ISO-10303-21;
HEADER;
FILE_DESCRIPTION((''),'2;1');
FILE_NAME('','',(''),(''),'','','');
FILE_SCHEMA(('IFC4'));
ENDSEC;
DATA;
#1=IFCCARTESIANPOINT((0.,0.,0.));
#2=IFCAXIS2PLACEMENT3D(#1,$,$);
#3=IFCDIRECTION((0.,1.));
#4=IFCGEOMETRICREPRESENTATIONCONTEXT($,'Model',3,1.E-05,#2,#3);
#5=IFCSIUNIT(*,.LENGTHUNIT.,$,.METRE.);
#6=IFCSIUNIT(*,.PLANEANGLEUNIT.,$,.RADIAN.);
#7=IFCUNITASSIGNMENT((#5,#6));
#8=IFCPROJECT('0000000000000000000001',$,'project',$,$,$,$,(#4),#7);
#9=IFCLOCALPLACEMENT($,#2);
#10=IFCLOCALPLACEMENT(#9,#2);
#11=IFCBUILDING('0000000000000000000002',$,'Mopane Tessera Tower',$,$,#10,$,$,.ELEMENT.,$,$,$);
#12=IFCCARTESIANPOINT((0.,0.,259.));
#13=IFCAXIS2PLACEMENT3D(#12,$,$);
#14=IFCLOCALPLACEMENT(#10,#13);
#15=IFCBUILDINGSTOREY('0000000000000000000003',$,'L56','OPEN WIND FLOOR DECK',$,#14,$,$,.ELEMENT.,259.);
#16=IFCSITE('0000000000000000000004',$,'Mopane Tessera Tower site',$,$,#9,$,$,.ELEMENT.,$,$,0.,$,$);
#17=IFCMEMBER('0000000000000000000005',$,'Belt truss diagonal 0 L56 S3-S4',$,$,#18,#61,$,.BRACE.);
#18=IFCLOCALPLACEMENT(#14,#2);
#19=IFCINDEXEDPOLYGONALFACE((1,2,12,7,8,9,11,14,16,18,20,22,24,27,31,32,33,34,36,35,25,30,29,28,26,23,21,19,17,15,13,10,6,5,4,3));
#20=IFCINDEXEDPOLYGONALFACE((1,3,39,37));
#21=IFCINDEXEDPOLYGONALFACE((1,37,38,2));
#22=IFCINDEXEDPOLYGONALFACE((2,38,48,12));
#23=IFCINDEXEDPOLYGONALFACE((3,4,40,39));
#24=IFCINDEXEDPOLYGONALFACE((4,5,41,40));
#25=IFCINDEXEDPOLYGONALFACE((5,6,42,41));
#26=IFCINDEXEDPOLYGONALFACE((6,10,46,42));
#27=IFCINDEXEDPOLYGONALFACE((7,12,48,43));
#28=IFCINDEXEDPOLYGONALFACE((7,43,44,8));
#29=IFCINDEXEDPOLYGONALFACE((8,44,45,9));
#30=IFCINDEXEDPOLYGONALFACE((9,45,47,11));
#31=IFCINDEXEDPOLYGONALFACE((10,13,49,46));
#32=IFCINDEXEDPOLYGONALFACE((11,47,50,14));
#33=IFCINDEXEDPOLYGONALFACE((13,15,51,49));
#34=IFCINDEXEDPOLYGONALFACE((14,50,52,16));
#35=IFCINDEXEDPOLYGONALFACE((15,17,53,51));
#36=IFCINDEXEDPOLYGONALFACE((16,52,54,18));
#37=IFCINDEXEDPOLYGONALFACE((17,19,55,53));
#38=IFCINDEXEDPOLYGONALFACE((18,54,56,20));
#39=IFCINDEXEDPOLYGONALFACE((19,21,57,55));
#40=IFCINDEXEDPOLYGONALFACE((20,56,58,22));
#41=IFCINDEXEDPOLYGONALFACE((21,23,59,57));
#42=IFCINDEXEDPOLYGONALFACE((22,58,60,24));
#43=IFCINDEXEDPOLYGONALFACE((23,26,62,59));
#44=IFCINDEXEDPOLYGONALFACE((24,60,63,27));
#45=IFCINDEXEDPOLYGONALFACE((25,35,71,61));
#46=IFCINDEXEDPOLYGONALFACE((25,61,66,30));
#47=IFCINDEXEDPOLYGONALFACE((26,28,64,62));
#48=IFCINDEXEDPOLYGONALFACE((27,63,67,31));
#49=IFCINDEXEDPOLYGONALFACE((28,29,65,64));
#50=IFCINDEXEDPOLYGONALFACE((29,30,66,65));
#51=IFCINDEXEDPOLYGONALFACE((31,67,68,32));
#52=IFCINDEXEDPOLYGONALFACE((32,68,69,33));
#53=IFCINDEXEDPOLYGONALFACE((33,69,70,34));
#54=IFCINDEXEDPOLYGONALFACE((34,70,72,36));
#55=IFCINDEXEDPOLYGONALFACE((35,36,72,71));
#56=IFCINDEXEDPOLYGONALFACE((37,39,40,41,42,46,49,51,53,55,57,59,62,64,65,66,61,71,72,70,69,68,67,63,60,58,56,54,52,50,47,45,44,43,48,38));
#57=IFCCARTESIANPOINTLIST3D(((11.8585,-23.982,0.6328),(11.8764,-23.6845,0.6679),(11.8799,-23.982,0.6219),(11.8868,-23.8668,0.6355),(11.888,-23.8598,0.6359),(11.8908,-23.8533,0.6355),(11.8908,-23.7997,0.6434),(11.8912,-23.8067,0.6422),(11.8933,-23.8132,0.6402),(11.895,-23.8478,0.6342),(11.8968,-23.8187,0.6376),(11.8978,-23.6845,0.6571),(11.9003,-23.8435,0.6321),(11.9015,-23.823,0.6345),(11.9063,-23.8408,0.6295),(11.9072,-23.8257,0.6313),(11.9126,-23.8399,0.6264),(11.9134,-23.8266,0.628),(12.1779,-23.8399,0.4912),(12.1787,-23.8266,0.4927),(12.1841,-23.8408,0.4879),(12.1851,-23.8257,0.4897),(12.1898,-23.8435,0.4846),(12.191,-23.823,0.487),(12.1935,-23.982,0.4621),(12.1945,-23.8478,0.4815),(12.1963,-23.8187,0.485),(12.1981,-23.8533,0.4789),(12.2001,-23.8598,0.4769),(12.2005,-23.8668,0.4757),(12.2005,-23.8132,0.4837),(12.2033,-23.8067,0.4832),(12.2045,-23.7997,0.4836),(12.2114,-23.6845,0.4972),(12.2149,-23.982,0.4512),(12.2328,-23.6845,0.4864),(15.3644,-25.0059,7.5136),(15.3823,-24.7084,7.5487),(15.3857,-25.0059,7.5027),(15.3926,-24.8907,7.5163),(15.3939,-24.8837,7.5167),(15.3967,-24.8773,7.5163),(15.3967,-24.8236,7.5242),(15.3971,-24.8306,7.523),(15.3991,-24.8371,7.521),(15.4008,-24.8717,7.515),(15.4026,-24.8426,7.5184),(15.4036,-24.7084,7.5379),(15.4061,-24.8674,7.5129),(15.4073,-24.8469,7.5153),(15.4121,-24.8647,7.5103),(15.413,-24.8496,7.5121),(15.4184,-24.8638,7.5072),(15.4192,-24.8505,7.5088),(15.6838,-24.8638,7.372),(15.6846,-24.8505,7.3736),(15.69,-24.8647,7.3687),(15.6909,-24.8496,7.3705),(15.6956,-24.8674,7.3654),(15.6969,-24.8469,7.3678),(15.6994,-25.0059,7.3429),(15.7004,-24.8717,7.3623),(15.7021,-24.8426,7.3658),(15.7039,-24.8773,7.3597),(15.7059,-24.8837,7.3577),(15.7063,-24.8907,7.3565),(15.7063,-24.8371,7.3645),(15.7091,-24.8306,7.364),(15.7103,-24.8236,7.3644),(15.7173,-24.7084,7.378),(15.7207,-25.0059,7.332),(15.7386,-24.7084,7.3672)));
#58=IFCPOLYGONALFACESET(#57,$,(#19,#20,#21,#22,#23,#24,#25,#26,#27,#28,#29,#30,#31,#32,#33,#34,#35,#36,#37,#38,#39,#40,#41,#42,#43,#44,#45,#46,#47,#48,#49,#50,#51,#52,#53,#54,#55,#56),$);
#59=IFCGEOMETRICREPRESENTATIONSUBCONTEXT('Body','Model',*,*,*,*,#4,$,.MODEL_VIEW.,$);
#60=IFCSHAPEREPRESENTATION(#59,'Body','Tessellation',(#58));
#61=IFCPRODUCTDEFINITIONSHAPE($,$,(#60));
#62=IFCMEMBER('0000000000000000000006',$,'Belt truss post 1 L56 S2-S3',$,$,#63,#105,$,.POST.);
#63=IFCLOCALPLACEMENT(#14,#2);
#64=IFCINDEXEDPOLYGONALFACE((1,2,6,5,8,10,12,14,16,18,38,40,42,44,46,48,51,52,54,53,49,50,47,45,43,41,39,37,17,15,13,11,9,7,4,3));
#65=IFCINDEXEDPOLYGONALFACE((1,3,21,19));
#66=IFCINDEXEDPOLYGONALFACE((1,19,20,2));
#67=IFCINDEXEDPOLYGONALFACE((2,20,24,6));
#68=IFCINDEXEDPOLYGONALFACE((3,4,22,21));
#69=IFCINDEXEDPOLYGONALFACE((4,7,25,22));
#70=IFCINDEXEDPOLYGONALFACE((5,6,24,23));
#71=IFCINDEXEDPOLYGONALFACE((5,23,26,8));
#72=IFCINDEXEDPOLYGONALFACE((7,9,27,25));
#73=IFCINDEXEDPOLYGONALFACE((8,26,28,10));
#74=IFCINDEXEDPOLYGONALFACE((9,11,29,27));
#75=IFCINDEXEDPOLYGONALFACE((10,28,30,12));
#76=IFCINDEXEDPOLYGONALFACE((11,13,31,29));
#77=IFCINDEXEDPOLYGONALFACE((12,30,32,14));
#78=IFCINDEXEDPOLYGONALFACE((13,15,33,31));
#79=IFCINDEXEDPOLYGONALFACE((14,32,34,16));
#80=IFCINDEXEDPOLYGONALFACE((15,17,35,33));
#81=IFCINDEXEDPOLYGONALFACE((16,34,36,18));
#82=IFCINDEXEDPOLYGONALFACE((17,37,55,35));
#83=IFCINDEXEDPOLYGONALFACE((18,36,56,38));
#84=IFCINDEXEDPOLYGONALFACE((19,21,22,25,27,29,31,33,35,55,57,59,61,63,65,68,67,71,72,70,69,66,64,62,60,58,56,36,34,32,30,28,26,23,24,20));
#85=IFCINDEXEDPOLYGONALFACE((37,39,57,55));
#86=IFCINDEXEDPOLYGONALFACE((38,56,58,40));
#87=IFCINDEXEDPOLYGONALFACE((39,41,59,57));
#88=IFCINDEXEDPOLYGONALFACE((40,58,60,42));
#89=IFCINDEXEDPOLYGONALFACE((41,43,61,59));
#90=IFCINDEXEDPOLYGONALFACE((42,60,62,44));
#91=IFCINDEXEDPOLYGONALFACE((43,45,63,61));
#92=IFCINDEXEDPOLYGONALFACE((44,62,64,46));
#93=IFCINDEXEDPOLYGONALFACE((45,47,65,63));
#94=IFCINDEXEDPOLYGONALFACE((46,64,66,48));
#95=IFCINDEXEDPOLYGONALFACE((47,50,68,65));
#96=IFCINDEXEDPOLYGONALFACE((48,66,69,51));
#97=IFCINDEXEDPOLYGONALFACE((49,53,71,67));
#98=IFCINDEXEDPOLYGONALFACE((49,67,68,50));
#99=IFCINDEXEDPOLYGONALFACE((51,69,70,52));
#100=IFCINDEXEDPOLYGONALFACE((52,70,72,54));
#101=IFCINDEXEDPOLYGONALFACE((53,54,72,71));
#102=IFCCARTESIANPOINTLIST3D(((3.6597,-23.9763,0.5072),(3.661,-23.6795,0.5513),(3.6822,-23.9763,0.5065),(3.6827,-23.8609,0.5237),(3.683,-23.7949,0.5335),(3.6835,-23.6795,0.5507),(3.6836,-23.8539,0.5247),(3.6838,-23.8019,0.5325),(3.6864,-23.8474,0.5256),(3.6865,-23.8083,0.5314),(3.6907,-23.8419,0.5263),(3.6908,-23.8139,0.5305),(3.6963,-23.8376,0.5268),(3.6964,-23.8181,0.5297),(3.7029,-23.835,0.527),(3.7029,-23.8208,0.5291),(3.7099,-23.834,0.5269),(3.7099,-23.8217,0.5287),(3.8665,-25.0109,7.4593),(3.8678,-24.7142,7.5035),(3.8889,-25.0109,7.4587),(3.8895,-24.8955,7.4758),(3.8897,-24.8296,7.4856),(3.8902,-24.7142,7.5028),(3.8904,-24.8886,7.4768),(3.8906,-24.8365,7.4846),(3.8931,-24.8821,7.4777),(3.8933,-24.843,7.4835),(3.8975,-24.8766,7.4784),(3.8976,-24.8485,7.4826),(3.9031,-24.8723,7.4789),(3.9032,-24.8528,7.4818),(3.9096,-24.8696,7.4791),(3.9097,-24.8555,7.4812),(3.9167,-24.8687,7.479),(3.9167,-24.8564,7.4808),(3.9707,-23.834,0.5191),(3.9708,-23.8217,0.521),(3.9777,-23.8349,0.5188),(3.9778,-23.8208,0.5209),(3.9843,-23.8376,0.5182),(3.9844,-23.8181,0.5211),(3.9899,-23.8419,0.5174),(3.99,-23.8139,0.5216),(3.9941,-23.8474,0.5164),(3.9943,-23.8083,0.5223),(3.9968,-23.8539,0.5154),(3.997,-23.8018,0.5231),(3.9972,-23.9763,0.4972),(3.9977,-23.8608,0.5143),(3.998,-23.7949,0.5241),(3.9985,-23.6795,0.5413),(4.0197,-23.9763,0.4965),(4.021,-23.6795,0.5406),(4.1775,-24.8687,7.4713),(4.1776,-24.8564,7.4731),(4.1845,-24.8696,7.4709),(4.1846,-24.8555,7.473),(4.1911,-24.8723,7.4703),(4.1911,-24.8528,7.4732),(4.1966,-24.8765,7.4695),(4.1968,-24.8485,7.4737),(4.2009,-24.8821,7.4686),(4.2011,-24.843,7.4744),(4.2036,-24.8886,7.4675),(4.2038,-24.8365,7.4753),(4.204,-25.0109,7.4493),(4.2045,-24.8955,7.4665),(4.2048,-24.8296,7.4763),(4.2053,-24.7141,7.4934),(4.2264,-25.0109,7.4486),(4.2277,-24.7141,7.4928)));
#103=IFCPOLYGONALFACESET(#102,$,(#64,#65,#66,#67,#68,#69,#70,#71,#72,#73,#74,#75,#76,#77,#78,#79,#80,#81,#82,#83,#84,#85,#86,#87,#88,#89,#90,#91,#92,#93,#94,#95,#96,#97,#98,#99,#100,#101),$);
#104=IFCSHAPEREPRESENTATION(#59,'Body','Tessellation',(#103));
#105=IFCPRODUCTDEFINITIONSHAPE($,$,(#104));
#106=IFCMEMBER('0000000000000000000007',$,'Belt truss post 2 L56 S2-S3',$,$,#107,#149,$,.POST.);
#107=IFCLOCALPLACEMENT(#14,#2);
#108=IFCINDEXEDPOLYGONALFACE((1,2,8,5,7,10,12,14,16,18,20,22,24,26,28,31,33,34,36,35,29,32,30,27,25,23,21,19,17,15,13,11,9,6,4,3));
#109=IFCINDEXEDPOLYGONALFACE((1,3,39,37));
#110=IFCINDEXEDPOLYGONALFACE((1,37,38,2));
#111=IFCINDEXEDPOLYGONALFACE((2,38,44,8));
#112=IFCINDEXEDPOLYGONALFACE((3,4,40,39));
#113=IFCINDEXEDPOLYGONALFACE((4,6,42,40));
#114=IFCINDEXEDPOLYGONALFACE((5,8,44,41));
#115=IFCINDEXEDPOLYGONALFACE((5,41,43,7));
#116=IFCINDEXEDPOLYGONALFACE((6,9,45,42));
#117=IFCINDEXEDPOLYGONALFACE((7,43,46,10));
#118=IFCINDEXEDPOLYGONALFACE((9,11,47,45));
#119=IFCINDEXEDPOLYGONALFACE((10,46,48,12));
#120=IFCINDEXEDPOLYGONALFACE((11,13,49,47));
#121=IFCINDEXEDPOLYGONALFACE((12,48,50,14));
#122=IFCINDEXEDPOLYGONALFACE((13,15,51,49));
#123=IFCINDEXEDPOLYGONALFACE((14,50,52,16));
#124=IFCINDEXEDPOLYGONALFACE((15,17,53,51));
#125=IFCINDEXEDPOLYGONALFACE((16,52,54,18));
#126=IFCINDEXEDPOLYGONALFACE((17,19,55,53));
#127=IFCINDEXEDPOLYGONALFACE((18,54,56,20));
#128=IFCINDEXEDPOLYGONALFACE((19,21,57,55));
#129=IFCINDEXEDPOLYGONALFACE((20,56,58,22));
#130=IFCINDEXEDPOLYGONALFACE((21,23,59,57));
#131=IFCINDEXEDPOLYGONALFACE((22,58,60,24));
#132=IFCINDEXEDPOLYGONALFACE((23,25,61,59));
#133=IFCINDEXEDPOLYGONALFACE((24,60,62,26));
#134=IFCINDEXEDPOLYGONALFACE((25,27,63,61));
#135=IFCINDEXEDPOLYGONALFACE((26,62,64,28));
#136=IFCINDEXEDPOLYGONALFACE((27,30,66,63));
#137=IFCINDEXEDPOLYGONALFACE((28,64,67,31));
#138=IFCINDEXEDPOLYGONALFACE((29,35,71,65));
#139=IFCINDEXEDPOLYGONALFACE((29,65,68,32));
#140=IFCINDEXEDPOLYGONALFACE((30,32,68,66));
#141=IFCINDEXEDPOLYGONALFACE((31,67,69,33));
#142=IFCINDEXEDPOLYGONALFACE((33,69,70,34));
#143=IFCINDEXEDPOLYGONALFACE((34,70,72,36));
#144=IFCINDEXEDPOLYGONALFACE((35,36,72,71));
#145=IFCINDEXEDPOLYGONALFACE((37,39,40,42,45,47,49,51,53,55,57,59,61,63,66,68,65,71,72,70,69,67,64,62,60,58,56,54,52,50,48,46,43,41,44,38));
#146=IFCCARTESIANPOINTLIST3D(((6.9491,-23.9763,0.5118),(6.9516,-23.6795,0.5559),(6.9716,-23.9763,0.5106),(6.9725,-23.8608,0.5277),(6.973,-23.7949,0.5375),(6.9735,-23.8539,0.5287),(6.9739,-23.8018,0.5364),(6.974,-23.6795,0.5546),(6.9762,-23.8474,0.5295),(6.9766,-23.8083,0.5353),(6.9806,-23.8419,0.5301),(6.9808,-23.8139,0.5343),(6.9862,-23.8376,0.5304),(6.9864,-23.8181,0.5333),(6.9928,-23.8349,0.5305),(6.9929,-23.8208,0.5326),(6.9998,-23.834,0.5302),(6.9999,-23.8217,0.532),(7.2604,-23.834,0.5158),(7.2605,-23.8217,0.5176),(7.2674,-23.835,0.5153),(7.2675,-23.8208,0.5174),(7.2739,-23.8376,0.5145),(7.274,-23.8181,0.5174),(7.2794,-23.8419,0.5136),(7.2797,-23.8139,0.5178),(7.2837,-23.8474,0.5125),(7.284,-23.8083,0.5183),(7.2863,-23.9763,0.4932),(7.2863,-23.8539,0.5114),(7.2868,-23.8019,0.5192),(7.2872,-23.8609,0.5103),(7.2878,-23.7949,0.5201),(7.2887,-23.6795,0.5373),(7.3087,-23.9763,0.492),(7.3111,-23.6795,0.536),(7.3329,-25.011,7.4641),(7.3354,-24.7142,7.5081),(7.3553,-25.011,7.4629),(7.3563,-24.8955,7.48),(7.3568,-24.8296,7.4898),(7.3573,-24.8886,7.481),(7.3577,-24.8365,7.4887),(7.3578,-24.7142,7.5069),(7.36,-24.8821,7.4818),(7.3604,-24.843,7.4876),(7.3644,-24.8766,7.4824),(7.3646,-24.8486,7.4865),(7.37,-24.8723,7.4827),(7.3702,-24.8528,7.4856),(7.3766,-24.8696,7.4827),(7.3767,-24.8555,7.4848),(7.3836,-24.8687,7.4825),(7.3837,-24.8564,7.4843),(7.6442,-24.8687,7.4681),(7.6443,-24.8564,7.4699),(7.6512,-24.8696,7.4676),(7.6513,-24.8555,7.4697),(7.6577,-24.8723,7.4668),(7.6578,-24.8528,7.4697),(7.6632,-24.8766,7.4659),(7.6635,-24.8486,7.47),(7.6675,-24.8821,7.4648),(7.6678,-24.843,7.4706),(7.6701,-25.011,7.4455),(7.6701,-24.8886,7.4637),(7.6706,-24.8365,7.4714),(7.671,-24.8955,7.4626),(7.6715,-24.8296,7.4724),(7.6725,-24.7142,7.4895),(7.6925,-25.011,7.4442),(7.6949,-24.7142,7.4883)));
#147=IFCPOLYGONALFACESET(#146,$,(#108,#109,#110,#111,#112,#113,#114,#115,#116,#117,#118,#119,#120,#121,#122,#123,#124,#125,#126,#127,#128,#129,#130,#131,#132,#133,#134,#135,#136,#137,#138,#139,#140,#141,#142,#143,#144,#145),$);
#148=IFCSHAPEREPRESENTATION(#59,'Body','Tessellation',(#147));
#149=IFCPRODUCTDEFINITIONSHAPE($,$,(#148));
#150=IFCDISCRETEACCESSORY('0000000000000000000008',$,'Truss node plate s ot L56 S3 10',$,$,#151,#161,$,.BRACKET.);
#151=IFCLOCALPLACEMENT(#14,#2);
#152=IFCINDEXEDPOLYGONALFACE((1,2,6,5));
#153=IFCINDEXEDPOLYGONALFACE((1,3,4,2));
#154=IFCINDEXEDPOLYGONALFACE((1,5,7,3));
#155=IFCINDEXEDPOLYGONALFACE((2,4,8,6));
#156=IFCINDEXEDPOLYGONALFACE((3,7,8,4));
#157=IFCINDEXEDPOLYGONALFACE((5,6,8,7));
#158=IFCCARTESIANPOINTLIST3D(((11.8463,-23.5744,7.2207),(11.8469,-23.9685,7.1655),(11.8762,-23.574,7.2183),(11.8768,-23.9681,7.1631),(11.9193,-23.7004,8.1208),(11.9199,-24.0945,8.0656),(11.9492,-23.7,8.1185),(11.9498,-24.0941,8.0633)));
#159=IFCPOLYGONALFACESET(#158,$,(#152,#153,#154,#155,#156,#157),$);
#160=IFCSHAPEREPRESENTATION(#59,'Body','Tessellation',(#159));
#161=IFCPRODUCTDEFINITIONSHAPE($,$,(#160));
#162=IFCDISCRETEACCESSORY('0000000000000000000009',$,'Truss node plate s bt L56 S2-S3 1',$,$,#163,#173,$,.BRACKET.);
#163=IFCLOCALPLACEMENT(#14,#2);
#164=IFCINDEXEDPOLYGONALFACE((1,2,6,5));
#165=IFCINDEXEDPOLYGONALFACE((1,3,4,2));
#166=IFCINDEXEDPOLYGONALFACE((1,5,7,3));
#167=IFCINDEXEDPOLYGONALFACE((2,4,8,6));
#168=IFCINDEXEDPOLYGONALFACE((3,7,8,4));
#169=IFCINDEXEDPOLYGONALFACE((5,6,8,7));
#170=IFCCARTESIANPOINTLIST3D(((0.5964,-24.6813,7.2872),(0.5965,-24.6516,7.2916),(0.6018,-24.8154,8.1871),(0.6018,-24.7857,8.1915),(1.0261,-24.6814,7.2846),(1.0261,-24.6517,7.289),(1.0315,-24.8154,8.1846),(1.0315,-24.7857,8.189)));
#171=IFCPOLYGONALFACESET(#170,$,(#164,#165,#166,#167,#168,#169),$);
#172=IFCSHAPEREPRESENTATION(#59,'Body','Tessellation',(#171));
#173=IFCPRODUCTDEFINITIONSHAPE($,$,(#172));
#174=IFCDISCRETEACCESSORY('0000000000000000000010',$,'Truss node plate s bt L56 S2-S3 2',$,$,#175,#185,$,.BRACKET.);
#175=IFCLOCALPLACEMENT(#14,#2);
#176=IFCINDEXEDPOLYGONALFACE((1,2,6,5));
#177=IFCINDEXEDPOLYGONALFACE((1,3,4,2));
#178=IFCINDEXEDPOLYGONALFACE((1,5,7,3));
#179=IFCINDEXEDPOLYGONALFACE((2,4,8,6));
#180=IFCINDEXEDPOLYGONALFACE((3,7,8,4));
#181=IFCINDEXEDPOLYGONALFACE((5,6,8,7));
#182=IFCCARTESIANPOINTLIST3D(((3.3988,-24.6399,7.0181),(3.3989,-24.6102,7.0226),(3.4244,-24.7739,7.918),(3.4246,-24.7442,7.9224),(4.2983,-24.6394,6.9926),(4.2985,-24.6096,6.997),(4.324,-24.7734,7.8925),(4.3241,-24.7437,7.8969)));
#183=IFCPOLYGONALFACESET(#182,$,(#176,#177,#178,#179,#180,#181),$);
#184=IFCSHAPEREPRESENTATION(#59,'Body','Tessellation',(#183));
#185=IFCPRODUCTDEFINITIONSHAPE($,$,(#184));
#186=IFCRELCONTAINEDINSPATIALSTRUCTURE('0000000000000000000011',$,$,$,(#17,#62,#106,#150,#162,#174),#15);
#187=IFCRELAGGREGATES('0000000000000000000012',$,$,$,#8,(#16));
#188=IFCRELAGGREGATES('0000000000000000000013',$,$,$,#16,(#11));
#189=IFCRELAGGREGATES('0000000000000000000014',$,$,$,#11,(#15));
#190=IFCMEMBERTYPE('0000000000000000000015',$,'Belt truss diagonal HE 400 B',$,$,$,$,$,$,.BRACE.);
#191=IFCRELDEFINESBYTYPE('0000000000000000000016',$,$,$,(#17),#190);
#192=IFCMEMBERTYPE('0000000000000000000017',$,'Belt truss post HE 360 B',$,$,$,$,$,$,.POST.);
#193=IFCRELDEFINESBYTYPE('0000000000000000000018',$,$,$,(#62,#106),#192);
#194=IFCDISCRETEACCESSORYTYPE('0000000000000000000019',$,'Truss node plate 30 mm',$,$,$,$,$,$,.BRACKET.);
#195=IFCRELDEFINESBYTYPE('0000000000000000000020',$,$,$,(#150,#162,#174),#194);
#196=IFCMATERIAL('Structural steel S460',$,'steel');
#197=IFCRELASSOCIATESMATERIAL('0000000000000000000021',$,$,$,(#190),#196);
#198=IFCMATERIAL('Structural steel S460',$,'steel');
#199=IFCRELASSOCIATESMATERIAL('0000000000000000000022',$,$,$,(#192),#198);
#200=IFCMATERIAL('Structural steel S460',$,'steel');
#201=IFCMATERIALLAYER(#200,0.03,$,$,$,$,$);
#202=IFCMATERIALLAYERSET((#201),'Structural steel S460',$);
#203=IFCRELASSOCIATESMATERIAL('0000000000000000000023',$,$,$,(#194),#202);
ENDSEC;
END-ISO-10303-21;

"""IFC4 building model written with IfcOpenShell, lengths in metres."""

from ifc_helpers import new_model, si_unit, direction, frame, origin, origin_2d, place, context, subcontext, project, spatial, rectangle, i_section, extrude, material, layer, layer_set, material_profile, profile_set, type_object, element, save


model = new_model("IFC4")

# Units and contexts
model_context = context("Model", 3, precision=1e-05, world=origin(), true_north=direction((0.0, 1.0)))
body_context = subcontext(model_context, "Body", "Model", "MODEL_VIEW")
ifc_project = project(units=[si_unit("LENGTHUNIT", "METRE"), si_unit("PLANEANGLEUNIT", "RADIAN")], contexts=[model_context])

# Site, building, storey
site_placement = place(None, origin())
site = spatial("IfcSite", under=ifc_project, at=site_placement, Name="Mopane Tessera Tower site", CompositionType="ELEMENT", RefElevation=0.0)
building_placement = place(site_placement, origin())
building = spatial("IfcBuilding", under=site, at=building_placement, Name="Mopane Tessera Tower", CompositionType="ELEMENT")
storey_placement = place(building_placement, frame((0.0, 0.0, 259.0)))
storey = spatial("IfcBuildingStorey", under=building, at=storey_placement, Name="L56", Description="OPEN WIND FLOOR DECK", CompositionType="ELEMENT", Elevation=259.0)

# Members
ifc_material_1 = material(Name="Structural steel S460", Category="steel")
ifc_material_profile_1 = material_profile(ifc_material_1, i_section(OverallWidth=0.3, OverallDepth=0.3999, WebThickness=0.0134, FlangeThickness=0.0239, FilletRadius=0.0271, at=origin_2d()))
ifc_profile_set_1 = profile_set([ifc_material_profile_1], Name="Structural steel S460")
member_type_1 = type_object("IfcMemberType", Name="Belt truss diagonal HE 400 B", PredefinedType="BRACE", material=ifc_profile_set_1)
member_1_placement = place(storey_placement, frame((12.0457, -23.8333, 0.5596), z_axis=(0.45004, -0.131439, 0.883282), x_axis=(0.059669, 0.991324, 0.117115)))
element("IfcMember", 1, at=member_1_placement, inside=storey, type_object=member_type_1, Name="Belt truss diagonal 0 L56 S3-S4", PredefinedType="BRACE", context=body_context, shape_type="SweptSolid", body=[
    extrude(i_section(OverallWidth=0.3, OverallDepth=0.3999, WebThickness=0.0134, FlangeThickness=0.0239, FilletRadius=0.0271, at=origin_2d()), origin(), (0.0, 0.0, 1.0), 7.79),
])
ifc_material_2 = material(Name="Structural steel S460", Category="steel")
ifc_material_profile_2 = material_profile(ifc_material_2, i_section(OverallWidth=0.3, OverallDepth=0.3601, WebThickness=0.0125, FlangeThickness=0.0225, FilletRadius=0.0271, at=origin_2d()))
ifc_profile_set_2 = profile_set([ifc_material_profile_2], Name="Structural steel S460")
member_type_2 = type_object("IfcMemberType", Name="Belt truss post HE 360 B", PredefinedType="POST", material=ifc_profile_set_2)
member_2_placement = place(storey_placement, frame((3.8403, -23.8279, 0.5239), z_axis=(0.029408, -0.147142, 0.988678), x_axis=(0.004329, 0.989115, 0.147078)))
element("IfcMember", 2, at=member_2_placement, inside=storey, type_object=member_type_2, Name="Belt truss post 1 L56 S2-S3", PredefinedType="POST", context=body_context, shape_type="SweptSolid", body=[
    extrude(i_section(OverallWidth=0.3, OverallDepth=0.3601, WebThickness=0.0125, FlangeThickness=0.0225, FilletRadius=0.0271, at=origin_2d()), origin(), (0.0, 0.0, 1.0), 7.0317),
])
member_3_placement = place(storey_placement, frame((7.1301, -23.8279, 0.5239), z_axis=(0.054522, -0.146987, 0.987635), x_axis=(0.008143, 0.989138, 0.146761)))
element("IfcMember", 3, at=member_3_placement, inside=storey, type_object=member_type_2, Name="Belt truss post 2 L56 S2-S3", PredefinedType="POST", context=body_context, shape_type="SweptSolid", body=[
    extrude(i_section(OverallWidth=0.3, OverallDepth=0.3601, WebThickness=0.0125, FlangeThickness=0.0225, FilletRadius=0.0271, at=origin_2d()), origin(), (0.0, 0.0, 1.0), 7.0393),
])

# Discrete accessories
ifc_material_3 = material(Name="Structural steel S460", Category="steel")
ifc_layer = layer(ifc_material_3, 0.03)
ifc_layer_set = layer_set([ifc_layer], Name="Structural steel S460")
discrete_accessory_type = type_object("IfcDiscreteAccessoryType", Name="Truss node plate 30 mm", PredefinedType="BRACKET", material=ifc_layer_set)
discrete_accessory_1_placement = place(storey_placement, frame((11.8616, -23.7712, 7.1919), z_axis=(0.080055, -0.138156, 0.98717), x_axis=(0.996789, 0.012582, -0.079075)))
element("IfcDiscreteAccessory", 4, at=discrete_accessory_1_placement, inside=storey, type_object=discrete_accessory_type, Name="Truss node plate s ot L56 S3 10", PredefinedType="BRACKET", context=body_context, shape_type="SweptSolid", body=[
    extrude(rectangle(XDim=0.03, YDim=0.3979, at=origin_2d()), origin(), (0.0, 0.0, 1.0), 0.9119),
])
discrete_accessory_2_placement = place(storey_placement, frame((0.8113, -24.6665, 7.2881), z_axis=(0.005903, -0.147314, 0.989072), x_axis=(0.000917, 0.98909, 0.147311)))
element("IfcDiscreteAccessory", 5, at=discrete_accessory_2_placement, inside=storey, type_object=discrete_accessory_type, Name="Truss node plate s bt L56 S2-S3 1", PredefinedType="BRACKET", context=body_context, shape_type="SweptSolid", body=[
    extrude(rectangle(XDim=0.03, YDim=0.4297, at=origin_2d()), origin(), (0.0, 0.0, 1.0), 0.9099),
])
for number, where, z_axis, x_axis, name in (
    (6, (3.8486, -24.6248, 7.0076), (0.028164, -0.147258, 0.988697), (0.003618, 0.989098, 0.147215), "Truss node plate s bt L56 S2-S3 2"),
):
    element("IfcDiscreteAccessory", number, at=place(storey_placement, frame(where, z_axis=z_axis, x_axis=x_axis)), inside=storey, type_object=discrete_accessory_type, Name=name, PredefinedType="BRACKET", context=body_context, shape_type="SweptSolid", body=[
        extrude(rectangle(XDim=0.03, YDim=0.8999, at=origin_2d()), origin(), (0.0, 0.0, 1.0), 0.9102),
    ])

save(model, "model.ifc")
